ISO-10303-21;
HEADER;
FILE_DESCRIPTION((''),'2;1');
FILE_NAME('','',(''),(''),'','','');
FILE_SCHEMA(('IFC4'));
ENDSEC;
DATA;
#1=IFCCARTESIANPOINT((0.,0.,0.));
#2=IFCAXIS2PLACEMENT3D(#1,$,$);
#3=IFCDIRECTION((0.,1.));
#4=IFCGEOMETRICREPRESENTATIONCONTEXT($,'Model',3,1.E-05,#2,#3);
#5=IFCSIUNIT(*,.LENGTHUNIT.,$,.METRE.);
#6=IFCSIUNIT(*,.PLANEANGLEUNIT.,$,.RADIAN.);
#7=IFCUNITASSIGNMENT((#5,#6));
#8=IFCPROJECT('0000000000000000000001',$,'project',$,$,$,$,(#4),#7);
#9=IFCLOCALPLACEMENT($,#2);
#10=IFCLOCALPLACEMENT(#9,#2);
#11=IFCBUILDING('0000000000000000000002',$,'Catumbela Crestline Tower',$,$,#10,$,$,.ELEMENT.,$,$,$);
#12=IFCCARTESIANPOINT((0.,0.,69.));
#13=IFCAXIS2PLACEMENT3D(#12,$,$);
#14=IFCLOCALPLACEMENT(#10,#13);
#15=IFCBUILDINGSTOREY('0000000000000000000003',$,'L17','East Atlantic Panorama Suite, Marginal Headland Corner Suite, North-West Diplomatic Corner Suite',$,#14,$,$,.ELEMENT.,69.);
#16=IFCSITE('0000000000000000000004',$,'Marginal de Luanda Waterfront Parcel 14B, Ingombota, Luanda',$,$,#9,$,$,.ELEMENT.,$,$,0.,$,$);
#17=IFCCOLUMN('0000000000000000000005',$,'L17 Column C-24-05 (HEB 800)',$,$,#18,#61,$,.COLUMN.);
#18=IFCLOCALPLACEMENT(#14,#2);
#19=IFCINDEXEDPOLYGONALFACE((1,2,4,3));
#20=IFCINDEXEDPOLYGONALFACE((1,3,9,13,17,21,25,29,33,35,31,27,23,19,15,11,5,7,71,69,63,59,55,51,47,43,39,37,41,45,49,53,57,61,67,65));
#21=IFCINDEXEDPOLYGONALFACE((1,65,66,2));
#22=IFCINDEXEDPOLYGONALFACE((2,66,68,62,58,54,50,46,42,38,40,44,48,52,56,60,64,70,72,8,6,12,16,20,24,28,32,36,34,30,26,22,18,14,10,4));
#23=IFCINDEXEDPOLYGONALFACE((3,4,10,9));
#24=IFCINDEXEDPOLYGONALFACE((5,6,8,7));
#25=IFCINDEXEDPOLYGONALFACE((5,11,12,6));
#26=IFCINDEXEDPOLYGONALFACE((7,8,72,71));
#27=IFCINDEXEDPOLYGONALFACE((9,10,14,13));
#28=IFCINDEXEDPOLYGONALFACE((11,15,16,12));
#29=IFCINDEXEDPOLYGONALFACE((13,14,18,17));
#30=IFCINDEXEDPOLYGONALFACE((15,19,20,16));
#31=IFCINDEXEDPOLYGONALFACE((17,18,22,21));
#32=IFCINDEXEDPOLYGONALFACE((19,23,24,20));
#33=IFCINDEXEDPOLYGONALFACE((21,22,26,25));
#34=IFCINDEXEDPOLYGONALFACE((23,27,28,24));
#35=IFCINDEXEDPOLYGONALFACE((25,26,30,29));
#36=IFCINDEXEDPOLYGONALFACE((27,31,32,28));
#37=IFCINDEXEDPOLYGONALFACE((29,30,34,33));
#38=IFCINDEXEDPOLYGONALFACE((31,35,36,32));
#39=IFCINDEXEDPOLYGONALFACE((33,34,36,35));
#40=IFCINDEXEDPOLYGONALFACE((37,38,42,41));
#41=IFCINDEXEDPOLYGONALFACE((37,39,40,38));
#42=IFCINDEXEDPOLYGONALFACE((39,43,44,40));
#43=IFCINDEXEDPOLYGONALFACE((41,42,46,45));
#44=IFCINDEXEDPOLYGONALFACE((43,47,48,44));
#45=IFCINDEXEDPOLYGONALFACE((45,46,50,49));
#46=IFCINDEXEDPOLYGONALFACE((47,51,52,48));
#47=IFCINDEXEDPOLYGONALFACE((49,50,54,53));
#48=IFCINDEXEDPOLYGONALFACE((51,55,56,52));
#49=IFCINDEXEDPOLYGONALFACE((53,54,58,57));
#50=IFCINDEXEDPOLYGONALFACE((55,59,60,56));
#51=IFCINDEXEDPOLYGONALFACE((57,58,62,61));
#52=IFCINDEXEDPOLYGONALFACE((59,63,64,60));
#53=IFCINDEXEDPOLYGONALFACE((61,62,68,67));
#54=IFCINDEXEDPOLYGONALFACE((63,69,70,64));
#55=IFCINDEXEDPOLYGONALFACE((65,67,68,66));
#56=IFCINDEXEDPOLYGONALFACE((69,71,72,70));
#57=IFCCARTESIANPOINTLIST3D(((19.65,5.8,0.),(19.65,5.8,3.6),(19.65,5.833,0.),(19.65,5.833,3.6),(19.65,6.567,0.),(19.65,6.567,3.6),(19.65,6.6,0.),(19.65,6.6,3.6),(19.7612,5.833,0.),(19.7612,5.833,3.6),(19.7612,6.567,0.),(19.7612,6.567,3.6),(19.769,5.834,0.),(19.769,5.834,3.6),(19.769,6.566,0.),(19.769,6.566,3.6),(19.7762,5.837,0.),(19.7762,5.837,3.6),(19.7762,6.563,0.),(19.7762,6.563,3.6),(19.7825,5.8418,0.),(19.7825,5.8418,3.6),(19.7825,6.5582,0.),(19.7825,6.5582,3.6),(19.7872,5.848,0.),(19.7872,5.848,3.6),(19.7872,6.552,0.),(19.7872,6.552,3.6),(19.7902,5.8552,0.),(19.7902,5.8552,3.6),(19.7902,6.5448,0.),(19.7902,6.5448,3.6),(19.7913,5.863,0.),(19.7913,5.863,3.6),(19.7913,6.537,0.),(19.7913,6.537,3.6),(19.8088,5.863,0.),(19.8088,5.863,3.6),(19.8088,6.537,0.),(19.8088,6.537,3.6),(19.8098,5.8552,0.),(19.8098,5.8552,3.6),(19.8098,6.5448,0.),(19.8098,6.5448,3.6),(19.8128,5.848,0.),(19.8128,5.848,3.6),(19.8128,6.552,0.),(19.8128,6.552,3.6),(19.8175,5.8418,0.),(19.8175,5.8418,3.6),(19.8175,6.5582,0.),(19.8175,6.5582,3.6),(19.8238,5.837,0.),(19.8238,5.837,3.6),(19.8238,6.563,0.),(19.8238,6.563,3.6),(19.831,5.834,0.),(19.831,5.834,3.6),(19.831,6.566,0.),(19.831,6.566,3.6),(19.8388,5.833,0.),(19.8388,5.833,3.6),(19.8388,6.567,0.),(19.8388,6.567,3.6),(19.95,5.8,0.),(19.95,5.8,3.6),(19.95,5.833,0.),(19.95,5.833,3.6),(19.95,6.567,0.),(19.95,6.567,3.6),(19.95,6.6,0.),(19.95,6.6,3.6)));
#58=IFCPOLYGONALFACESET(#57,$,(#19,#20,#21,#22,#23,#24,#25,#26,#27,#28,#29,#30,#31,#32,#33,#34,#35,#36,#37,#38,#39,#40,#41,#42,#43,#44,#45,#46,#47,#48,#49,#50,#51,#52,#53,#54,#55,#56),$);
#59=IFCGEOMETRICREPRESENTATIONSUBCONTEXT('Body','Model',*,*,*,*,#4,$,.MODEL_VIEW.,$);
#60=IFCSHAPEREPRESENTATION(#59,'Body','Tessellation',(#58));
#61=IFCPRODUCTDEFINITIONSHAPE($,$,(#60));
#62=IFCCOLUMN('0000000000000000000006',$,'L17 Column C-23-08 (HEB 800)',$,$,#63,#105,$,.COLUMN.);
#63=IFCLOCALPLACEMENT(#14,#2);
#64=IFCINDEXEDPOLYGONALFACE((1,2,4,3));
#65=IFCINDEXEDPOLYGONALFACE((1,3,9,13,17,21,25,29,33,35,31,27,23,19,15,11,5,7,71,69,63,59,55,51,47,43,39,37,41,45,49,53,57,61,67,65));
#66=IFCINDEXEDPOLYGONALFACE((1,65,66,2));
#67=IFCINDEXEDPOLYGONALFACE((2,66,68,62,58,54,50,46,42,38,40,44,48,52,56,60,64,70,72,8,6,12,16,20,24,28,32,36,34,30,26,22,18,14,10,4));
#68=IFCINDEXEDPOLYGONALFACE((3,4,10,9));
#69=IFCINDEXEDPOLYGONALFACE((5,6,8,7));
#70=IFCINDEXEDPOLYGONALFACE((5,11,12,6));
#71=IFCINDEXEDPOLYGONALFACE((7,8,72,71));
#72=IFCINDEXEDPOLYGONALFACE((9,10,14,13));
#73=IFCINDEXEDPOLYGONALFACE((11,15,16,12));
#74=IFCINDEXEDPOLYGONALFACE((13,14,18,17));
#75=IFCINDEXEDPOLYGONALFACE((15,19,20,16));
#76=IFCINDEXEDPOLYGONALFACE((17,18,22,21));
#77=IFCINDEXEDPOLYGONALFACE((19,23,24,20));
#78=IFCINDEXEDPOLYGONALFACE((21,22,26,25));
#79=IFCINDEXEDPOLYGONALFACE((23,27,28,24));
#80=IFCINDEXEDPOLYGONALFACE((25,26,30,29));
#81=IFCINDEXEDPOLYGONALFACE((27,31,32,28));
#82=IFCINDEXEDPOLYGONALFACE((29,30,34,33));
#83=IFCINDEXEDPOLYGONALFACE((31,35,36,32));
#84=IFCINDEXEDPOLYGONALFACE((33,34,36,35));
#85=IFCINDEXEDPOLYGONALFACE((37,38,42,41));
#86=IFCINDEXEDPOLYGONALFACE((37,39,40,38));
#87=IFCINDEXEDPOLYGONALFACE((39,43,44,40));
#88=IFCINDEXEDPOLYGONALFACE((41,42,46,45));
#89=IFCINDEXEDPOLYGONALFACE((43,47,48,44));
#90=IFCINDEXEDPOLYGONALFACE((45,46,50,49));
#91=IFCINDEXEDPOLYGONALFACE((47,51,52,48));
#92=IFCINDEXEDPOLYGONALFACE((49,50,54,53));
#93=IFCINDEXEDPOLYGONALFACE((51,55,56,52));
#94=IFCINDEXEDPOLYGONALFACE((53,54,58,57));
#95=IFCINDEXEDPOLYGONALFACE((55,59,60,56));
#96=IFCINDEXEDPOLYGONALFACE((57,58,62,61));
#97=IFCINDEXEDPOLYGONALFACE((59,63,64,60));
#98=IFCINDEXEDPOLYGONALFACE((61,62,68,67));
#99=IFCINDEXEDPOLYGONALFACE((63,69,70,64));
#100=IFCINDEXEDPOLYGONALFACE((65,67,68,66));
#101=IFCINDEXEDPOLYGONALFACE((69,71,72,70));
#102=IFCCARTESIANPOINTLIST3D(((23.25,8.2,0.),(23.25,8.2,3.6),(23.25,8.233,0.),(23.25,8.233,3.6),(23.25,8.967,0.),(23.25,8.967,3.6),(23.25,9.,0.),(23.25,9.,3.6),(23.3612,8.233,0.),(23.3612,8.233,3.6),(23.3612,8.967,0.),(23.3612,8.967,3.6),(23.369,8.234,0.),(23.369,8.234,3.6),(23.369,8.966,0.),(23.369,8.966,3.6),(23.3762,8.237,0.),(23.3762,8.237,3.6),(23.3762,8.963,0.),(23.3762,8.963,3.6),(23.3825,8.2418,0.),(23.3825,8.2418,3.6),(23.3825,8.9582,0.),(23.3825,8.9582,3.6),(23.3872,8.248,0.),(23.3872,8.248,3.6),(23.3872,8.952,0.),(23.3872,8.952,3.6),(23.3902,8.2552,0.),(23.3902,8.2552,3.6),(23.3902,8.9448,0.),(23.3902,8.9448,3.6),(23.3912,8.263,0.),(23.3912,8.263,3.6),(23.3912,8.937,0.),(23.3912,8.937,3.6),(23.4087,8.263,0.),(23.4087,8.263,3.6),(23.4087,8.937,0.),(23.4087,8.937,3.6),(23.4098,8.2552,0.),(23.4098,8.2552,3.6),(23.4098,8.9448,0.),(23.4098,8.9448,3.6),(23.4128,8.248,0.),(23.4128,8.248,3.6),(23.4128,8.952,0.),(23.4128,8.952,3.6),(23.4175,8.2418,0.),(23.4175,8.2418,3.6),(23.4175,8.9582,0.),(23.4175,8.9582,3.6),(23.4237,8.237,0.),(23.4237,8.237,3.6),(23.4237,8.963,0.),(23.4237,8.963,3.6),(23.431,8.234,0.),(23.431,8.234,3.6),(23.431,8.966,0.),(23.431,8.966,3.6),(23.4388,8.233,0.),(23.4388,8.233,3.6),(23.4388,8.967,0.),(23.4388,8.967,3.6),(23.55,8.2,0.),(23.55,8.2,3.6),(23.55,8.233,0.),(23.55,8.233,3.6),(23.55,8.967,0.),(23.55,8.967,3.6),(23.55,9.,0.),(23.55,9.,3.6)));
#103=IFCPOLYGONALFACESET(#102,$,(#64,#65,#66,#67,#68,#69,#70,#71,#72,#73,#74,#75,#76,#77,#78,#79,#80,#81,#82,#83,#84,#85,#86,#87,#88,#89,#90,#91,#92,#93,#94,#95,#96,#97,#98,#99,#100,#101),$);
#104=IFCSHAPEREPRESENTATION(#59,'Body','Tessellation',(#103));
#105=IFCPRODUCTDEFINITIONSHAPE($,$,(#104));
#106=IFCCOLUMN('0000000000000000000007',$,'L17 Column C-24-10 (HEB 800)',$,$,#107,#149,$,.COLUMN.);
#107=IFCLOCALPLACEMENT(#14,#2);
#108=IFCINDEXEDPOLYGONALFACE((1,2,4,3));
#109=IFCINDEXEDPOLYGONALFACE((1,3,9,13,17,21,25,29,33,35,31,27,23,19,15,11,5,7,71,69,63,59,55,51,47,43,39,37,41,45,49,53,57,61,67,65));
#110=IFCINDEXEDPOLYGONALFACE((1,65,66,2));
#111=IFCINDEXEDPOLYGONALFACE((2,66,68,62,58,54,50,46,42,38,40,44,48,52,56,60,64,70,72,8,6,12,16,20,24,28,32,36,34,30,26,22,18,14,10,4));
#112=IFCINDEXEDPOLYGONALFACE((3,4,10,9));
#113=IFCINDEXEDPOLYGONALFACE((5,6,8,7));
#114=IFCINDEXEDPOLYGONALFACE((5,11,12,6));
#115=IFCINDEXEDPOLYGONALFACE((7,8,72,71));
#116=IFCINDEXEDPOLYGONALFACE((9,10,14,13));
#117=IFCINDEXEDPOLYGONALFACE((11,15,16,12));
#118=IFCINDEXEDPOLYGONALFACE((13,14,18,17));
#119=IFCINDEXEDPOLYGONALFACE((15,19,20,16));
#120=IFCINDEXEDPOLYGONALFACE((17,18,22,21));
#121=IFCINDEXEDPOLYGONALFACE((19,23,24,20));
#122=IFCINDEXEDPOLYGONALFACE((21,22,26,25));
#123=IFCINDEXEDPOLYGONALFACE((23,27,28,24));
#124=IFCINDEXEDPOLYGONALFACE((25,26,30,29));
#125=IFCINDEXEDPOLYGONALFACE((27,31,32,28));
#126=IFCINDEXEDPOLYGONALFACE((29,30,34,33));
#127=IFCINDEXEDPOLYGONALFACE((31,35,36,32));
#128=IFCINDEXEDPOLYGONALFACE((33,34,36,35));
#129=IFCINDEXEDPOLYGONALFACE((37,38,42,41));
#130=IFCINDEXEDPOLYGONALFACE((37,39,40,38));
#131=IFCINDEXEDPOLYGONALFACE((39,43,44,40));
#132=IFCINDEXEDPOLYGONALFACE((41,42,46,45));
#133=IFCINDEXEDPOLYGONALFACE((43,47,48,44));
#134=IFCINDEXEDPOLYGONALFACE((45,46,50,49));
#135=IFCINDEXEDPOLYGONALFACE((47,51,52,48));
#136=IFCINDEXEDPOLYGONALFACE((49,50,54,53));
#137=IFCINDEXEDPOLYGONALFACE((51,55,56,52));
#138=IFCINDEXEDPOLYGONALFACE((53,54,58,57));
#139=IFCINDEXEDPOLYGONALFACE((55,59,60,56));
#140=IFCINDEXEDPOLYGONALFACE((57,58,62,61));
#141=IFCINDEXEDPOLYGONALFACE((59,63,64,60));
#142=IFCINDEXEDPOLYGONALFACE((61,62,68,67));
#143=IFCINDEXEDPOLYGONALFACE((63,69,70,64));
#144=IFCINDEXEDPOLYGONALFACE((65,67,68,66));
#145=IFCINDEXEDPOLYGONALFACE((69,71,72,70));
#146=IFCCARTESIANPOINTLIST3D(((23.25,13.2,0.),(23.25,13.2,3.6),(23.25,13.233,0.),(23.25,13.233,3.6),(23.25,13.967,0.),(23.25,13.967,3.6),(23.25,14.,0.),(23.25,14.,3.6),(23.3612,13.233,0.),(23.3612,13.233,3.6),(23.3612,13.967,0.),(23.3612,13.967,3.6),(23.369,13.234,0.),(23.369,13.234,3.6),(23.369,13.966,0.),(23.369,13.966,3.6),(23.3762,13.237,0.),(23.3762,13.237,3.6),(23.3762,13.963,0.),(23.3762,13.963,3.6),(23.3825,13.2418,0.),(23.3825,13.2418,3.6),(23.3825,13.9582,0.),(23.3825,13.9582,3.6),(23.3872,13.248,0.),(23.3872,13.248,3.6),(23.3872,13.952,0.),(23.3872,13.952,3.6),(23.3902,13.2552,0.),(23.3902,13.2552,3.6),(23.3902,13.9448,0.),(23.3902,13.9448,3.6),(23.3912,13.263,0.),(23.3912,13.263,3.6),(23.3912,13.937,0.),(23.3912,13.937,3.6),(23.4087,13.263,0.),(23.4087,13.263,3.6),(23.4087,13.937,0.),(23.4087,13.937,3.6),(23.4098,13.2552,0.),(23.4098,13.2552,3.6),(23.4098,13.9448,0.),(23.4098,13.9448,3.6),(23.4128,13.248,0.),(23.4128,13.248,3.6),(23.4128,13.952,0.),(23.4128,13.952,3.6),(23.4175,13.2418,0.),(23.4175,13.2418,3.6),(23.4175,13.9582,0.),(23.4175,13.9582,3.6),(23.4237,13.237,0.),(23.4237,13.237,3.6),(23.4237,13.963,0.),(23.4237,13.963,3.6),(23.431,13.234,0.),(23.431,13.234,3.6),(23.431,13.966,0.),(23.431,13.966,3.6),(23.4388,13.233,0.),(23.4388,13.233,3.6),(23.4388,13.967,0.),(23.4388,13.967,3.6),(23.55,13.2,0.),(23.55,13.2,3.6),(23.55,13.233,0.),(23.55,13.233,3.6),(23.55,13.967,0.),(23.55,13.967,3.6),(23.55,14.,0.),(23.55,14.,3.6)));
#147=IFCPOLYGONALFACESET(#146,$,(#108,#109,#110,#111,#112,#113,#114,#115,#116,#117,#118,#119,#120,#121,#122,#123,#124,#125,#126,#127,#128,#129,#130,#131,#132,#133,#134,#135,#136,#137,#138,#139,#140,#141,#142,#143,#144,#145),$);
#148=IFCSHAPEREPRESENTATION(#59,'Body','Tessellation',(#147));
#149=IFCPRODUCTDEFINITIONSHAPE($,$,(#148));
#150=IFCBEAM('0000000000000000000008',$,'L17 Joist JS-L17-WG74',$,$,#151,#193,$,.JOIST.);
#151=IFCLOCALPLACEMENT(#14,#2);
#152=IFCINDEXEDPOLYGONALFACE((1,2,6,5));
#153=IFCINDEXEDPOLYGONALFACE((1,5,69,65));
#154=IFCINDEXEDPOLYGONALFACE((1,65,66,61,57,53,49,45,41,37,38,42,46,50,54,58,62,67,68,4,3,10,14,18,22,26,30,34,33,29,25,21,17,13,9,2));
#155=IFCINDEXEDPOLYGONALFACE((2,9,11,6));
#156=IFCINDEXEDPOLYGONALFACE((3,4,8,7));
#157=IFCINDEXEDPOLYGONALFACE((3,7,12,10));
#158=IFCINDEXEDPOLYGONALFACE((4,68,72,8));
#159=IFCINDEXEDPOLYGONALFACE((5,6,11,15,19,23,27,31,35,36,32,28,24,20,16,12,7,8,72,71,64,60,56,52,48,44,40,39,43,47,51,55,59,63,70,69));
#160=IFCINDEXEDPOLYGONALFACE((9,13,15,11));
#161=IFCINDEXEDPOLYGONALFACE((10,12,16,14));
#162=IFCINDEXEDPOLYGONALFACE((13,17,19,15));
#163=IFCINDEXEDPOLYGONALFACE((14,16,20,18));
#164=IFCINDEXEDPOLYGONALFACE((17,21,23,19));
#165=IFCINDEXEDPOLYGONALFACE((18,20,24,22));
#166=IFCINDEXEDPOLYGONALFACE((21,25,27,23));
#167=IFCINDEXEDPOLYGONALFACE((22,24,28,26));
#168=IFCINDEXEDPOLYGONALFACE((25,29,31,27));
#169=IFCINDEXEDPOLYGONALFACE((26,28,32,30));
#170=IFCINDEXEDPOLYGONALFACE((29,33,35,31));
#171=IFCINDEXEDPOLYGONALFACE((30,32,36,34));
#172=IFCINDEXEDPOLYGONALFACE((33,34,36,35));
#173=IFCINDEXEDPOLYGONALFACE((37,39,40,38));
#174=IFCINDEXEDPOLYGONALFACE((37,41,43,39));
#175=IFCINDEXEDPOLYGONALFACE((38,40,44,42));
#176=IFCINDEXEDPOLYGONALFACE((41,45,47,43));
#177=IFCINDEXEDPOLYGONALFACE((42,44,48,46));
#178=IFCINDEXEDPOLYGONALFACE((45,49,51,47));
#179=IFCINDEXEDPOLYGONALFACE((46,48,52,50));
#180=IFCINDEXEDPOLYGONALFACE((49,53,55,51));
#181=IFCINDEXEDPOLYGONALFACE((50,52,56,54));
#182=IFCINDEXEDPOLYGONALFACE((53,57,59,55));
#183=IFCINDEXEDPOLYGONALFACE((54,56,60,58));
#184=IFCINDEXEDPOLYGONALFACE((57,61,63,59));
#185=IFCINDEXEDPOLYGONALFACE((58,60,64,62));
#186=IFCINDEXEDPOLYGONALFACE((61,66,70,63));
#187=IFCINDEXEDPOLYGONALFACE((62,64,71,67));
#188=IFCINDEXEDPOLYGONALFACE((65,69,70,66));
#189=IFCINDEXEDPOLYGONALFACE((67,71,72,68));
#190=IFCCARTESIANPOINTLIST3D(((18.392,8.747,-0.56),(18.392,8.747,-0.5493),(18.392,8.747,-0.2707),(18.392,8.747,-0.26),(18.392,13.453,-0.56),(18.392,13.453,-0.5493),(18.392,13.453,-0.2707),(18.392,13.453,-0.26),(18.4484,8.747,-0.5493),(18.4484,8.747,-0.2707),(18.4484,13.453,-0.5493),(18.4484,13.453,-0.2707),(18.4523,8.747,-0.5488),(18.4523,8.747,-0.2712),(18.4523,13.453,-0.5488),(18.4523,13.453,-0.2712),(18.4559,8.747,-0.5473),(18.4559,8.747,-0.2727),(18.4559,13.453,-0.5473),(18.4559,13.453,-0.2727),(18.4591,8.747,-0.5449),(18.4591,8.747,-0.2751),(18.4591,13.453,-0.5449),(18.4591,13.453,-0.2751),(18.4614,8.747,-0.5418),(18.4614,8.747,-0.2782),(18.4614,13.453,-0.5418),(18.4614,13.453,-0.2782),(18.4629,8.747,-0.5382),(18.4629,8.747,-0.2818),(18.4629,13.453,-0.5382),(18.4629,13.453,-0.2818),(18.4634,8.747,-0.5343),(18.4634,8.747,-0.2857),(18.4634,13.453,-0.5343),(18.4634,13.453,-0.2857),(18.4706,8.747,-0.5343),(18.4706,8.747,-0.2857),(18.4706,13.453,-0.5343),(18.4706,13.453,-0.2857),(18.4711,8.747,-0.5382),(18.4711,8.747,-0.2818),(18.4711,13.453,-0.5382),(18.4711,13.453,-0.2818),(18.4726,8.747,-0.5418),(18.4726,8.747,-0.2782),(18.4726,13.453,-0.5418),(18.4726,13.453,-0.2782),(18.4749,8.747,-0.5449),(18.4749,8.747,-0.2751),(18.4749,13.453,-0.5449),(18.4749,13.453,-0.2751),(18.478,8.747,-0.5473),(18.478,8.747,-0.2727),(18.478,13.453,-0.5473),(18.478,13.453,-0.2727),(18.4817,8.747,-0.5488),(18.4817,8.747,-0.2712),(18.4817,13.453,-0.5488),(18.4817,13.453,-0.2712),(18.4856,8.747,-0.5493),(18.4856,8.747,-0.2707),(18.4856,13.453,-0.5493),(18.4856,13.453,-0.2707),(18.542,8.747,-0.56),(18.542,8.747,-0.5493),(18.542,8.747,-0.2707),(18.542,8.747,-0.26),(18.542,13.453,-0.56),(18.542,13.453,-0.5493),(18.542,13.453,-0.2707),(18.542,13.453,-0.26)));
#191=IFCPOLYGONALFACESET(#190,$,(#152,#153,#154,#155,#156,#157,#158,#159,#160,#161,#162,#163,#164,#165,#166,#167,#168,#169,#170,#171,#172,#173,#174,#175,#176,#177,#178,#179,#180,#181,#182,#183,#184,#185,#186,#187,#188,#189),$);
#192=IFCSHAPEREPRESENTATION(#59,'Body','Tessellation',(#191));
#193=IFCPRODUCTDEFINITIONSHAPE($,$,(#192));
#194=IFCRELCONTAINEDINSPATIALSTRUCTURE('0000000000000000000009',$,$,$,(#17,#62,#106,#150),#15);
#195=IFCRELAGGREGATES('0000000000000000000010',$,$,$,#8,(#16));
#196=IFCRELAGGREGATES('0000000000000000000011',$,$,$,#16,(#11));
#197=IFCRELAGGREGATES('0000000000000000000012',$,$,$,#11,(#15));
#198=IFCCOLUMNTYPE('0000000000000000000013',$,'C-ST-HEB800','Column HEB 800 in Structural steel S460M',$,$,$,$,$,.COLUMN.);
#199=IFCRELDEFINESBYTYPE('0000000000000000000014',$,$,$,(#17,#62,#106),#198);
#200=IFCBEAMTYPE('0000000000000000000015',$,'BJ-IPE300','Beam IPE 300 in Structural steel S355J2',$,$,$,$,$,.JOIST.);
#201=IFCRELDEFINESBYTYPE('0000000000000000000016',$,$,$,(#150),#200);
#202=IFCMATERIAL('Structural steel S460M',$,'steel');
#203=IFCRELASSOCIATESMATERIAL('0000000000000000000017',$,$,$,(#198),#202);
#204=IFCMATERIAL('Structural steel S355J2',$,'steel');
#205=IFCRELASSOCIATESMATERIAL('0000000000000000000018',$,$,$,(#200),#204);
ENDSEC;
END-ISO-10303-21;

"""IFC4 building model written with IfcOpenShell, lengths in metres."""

from ifc_helpers import new_model, si_unit, direction, frame, origin, origin_2d, place, context, subcontext, project, spatial, i_section, extrude, material, material_profile, profile_set, type_object, element, save


model = new_model("IFC4")

# Units and contexts
model_context = context("Model", 3, precision=1e-05, world=origin(), true_north=direction((0.0, 1.0)))
body_context = subcontext(model_context, "Body", "Model", "MODEL_VIEW")
ifc_project = project(units=[si_unit("LENGTHUNIT", "METRE"), si_unit("PLANEANGLEUNIT", "RADIAN")], contexts=[model_context])

# Site, building, storey
site_placement = place(None, origin())
site = spatial("IfcSite", under=ifc_project, at=site_placement, Name="Marginal de Luanda Waterfront Parcel 14B, Ingombota, Luanda", CompositionType="ELEMENT", RefElevation=0.0)
building_placement = place(site_placement, origin())
building = spatial("IfcBuilding", under=site, at=building_placement, Name="Catumbela Crestline Tower", CompositionType="ELEMENT")
storey_placement = place(building_placement, frame((0.0, 0.0, 69.0)))
storey = spatial("IfcBuildingStorey", under=building, at=storey_placement, Name="L17", Description="East Atlantic Panorama Suite, Marginal Headland Corner Suite, North-West Diplomatic Corner Suite", CompositionType="ELEMENT", Elevation=69.0)

# Columns
ifc_material_1 = material(Name="Structural steel S460M", Category="steel")
ifc_material_profile_1 = material_profile(ifc_material_1, i_section(OverallWidth=0.3, OverallDepth=0.8, WebThickness=0.0175, FlangeThickness=0.033, FilletRadius=0.03, at=origin_2d()), Name="HEB 800")
ifc_profile_set_1 = profile_set([ifc_material_profile_1], Name="Structural steel S460M")
column_type = type_object("IfcColumnType", Name="C-ST-HEB800", Description="Column HEB 800 in Structural steel S460M", PredefinedType="COLUMN", material=ifc_profile_set_1)
for number, where, z_axis, x_axis, name in (
    (1, (19.8, 6.2, 0.0), (0.0, 0.0, 1.0), (1.0, 0.0, 0.0), "L17 Column C-24-05 (HEB 800)"),
    (2, (23.4, 8.6, 0.0), (0.0, 0.0, 1.0), (1.0, 0.0, 0.0), "L17 Column C-23-08 (HEB 800)"),
    (3, (23.4, 13.6, 0.0), (0.0, 0.0, 1.0), (1.0, 0.0, 0.0), "L17 Column C-24-10 (HEB 800)"),
):
    element("IfcColumn", number, at=place(storey_placement, frame(where, z_axis=z_axis, x_axis=x_axis)), inside=storey, type_object=column_type, Name=name, PredefinedType="COLUMN", context=body_context, shape_type="SweptSolid", body=[
        extrude(i_section(OverallWidth=0.3, OverallDepth=0.8, WebThickness=0.0175, FlangeThickness=0.033, FilletRadius=0.03, at=origin_2d()), origin(), (0.0, 0.0, 1.0), 3.6),
    ])

# Beam
ifc_material_2 = material(Name="Structural steel S355J2", Category="steel")
ifc_material_profile_2 = material_profile(ifc_material_2, i_section(OverallWidth=0.15, OverallDepth=0.3, WebThickness=0.0071, FlangeThickness=0.0107, FilletRadius=0.015, at=origin_2d()), Name="IPE 300")
ifc_profile_set_2 = profile_set([ifc_material_profile_2], Name="Structural steel S355J2")
beam_type_1 = type_object("IfcBeamType", Name="BJ-IPE300", Description="Beam IPE 300 in Structural steel S355J2", PredefinedType="JOIST", material=ifc_profile_set_2)
for number, where, z_axis, x_axis, name in (
    (4, (18.467, 8.747, -0.41), (0.0, 1.0, 0.0), (-1.0, 0.0, 0.0), "L17 Joist JS-L17-WG74"),
):
    element("IfcBeam", number, at=place(storey_placement, frame(where, z_axis=z_axis, x_axis=x_axis)), inside=storey, type_object=beam_type_1, Name=name, PredefinedType="JOIST", context=body_context, shape_type="SweptSolid", body=[
        extrude(i_section(OverallWidth=0.15, OverallDepth=0.3, WebThickness=0.0071, FlangeThickness=0.0107, FilletRadius=0.015, at=origin_2d()), origin(), (0.0, 0.0, 1.0), 4.706),
    ])

save(model, "model.ifc")
